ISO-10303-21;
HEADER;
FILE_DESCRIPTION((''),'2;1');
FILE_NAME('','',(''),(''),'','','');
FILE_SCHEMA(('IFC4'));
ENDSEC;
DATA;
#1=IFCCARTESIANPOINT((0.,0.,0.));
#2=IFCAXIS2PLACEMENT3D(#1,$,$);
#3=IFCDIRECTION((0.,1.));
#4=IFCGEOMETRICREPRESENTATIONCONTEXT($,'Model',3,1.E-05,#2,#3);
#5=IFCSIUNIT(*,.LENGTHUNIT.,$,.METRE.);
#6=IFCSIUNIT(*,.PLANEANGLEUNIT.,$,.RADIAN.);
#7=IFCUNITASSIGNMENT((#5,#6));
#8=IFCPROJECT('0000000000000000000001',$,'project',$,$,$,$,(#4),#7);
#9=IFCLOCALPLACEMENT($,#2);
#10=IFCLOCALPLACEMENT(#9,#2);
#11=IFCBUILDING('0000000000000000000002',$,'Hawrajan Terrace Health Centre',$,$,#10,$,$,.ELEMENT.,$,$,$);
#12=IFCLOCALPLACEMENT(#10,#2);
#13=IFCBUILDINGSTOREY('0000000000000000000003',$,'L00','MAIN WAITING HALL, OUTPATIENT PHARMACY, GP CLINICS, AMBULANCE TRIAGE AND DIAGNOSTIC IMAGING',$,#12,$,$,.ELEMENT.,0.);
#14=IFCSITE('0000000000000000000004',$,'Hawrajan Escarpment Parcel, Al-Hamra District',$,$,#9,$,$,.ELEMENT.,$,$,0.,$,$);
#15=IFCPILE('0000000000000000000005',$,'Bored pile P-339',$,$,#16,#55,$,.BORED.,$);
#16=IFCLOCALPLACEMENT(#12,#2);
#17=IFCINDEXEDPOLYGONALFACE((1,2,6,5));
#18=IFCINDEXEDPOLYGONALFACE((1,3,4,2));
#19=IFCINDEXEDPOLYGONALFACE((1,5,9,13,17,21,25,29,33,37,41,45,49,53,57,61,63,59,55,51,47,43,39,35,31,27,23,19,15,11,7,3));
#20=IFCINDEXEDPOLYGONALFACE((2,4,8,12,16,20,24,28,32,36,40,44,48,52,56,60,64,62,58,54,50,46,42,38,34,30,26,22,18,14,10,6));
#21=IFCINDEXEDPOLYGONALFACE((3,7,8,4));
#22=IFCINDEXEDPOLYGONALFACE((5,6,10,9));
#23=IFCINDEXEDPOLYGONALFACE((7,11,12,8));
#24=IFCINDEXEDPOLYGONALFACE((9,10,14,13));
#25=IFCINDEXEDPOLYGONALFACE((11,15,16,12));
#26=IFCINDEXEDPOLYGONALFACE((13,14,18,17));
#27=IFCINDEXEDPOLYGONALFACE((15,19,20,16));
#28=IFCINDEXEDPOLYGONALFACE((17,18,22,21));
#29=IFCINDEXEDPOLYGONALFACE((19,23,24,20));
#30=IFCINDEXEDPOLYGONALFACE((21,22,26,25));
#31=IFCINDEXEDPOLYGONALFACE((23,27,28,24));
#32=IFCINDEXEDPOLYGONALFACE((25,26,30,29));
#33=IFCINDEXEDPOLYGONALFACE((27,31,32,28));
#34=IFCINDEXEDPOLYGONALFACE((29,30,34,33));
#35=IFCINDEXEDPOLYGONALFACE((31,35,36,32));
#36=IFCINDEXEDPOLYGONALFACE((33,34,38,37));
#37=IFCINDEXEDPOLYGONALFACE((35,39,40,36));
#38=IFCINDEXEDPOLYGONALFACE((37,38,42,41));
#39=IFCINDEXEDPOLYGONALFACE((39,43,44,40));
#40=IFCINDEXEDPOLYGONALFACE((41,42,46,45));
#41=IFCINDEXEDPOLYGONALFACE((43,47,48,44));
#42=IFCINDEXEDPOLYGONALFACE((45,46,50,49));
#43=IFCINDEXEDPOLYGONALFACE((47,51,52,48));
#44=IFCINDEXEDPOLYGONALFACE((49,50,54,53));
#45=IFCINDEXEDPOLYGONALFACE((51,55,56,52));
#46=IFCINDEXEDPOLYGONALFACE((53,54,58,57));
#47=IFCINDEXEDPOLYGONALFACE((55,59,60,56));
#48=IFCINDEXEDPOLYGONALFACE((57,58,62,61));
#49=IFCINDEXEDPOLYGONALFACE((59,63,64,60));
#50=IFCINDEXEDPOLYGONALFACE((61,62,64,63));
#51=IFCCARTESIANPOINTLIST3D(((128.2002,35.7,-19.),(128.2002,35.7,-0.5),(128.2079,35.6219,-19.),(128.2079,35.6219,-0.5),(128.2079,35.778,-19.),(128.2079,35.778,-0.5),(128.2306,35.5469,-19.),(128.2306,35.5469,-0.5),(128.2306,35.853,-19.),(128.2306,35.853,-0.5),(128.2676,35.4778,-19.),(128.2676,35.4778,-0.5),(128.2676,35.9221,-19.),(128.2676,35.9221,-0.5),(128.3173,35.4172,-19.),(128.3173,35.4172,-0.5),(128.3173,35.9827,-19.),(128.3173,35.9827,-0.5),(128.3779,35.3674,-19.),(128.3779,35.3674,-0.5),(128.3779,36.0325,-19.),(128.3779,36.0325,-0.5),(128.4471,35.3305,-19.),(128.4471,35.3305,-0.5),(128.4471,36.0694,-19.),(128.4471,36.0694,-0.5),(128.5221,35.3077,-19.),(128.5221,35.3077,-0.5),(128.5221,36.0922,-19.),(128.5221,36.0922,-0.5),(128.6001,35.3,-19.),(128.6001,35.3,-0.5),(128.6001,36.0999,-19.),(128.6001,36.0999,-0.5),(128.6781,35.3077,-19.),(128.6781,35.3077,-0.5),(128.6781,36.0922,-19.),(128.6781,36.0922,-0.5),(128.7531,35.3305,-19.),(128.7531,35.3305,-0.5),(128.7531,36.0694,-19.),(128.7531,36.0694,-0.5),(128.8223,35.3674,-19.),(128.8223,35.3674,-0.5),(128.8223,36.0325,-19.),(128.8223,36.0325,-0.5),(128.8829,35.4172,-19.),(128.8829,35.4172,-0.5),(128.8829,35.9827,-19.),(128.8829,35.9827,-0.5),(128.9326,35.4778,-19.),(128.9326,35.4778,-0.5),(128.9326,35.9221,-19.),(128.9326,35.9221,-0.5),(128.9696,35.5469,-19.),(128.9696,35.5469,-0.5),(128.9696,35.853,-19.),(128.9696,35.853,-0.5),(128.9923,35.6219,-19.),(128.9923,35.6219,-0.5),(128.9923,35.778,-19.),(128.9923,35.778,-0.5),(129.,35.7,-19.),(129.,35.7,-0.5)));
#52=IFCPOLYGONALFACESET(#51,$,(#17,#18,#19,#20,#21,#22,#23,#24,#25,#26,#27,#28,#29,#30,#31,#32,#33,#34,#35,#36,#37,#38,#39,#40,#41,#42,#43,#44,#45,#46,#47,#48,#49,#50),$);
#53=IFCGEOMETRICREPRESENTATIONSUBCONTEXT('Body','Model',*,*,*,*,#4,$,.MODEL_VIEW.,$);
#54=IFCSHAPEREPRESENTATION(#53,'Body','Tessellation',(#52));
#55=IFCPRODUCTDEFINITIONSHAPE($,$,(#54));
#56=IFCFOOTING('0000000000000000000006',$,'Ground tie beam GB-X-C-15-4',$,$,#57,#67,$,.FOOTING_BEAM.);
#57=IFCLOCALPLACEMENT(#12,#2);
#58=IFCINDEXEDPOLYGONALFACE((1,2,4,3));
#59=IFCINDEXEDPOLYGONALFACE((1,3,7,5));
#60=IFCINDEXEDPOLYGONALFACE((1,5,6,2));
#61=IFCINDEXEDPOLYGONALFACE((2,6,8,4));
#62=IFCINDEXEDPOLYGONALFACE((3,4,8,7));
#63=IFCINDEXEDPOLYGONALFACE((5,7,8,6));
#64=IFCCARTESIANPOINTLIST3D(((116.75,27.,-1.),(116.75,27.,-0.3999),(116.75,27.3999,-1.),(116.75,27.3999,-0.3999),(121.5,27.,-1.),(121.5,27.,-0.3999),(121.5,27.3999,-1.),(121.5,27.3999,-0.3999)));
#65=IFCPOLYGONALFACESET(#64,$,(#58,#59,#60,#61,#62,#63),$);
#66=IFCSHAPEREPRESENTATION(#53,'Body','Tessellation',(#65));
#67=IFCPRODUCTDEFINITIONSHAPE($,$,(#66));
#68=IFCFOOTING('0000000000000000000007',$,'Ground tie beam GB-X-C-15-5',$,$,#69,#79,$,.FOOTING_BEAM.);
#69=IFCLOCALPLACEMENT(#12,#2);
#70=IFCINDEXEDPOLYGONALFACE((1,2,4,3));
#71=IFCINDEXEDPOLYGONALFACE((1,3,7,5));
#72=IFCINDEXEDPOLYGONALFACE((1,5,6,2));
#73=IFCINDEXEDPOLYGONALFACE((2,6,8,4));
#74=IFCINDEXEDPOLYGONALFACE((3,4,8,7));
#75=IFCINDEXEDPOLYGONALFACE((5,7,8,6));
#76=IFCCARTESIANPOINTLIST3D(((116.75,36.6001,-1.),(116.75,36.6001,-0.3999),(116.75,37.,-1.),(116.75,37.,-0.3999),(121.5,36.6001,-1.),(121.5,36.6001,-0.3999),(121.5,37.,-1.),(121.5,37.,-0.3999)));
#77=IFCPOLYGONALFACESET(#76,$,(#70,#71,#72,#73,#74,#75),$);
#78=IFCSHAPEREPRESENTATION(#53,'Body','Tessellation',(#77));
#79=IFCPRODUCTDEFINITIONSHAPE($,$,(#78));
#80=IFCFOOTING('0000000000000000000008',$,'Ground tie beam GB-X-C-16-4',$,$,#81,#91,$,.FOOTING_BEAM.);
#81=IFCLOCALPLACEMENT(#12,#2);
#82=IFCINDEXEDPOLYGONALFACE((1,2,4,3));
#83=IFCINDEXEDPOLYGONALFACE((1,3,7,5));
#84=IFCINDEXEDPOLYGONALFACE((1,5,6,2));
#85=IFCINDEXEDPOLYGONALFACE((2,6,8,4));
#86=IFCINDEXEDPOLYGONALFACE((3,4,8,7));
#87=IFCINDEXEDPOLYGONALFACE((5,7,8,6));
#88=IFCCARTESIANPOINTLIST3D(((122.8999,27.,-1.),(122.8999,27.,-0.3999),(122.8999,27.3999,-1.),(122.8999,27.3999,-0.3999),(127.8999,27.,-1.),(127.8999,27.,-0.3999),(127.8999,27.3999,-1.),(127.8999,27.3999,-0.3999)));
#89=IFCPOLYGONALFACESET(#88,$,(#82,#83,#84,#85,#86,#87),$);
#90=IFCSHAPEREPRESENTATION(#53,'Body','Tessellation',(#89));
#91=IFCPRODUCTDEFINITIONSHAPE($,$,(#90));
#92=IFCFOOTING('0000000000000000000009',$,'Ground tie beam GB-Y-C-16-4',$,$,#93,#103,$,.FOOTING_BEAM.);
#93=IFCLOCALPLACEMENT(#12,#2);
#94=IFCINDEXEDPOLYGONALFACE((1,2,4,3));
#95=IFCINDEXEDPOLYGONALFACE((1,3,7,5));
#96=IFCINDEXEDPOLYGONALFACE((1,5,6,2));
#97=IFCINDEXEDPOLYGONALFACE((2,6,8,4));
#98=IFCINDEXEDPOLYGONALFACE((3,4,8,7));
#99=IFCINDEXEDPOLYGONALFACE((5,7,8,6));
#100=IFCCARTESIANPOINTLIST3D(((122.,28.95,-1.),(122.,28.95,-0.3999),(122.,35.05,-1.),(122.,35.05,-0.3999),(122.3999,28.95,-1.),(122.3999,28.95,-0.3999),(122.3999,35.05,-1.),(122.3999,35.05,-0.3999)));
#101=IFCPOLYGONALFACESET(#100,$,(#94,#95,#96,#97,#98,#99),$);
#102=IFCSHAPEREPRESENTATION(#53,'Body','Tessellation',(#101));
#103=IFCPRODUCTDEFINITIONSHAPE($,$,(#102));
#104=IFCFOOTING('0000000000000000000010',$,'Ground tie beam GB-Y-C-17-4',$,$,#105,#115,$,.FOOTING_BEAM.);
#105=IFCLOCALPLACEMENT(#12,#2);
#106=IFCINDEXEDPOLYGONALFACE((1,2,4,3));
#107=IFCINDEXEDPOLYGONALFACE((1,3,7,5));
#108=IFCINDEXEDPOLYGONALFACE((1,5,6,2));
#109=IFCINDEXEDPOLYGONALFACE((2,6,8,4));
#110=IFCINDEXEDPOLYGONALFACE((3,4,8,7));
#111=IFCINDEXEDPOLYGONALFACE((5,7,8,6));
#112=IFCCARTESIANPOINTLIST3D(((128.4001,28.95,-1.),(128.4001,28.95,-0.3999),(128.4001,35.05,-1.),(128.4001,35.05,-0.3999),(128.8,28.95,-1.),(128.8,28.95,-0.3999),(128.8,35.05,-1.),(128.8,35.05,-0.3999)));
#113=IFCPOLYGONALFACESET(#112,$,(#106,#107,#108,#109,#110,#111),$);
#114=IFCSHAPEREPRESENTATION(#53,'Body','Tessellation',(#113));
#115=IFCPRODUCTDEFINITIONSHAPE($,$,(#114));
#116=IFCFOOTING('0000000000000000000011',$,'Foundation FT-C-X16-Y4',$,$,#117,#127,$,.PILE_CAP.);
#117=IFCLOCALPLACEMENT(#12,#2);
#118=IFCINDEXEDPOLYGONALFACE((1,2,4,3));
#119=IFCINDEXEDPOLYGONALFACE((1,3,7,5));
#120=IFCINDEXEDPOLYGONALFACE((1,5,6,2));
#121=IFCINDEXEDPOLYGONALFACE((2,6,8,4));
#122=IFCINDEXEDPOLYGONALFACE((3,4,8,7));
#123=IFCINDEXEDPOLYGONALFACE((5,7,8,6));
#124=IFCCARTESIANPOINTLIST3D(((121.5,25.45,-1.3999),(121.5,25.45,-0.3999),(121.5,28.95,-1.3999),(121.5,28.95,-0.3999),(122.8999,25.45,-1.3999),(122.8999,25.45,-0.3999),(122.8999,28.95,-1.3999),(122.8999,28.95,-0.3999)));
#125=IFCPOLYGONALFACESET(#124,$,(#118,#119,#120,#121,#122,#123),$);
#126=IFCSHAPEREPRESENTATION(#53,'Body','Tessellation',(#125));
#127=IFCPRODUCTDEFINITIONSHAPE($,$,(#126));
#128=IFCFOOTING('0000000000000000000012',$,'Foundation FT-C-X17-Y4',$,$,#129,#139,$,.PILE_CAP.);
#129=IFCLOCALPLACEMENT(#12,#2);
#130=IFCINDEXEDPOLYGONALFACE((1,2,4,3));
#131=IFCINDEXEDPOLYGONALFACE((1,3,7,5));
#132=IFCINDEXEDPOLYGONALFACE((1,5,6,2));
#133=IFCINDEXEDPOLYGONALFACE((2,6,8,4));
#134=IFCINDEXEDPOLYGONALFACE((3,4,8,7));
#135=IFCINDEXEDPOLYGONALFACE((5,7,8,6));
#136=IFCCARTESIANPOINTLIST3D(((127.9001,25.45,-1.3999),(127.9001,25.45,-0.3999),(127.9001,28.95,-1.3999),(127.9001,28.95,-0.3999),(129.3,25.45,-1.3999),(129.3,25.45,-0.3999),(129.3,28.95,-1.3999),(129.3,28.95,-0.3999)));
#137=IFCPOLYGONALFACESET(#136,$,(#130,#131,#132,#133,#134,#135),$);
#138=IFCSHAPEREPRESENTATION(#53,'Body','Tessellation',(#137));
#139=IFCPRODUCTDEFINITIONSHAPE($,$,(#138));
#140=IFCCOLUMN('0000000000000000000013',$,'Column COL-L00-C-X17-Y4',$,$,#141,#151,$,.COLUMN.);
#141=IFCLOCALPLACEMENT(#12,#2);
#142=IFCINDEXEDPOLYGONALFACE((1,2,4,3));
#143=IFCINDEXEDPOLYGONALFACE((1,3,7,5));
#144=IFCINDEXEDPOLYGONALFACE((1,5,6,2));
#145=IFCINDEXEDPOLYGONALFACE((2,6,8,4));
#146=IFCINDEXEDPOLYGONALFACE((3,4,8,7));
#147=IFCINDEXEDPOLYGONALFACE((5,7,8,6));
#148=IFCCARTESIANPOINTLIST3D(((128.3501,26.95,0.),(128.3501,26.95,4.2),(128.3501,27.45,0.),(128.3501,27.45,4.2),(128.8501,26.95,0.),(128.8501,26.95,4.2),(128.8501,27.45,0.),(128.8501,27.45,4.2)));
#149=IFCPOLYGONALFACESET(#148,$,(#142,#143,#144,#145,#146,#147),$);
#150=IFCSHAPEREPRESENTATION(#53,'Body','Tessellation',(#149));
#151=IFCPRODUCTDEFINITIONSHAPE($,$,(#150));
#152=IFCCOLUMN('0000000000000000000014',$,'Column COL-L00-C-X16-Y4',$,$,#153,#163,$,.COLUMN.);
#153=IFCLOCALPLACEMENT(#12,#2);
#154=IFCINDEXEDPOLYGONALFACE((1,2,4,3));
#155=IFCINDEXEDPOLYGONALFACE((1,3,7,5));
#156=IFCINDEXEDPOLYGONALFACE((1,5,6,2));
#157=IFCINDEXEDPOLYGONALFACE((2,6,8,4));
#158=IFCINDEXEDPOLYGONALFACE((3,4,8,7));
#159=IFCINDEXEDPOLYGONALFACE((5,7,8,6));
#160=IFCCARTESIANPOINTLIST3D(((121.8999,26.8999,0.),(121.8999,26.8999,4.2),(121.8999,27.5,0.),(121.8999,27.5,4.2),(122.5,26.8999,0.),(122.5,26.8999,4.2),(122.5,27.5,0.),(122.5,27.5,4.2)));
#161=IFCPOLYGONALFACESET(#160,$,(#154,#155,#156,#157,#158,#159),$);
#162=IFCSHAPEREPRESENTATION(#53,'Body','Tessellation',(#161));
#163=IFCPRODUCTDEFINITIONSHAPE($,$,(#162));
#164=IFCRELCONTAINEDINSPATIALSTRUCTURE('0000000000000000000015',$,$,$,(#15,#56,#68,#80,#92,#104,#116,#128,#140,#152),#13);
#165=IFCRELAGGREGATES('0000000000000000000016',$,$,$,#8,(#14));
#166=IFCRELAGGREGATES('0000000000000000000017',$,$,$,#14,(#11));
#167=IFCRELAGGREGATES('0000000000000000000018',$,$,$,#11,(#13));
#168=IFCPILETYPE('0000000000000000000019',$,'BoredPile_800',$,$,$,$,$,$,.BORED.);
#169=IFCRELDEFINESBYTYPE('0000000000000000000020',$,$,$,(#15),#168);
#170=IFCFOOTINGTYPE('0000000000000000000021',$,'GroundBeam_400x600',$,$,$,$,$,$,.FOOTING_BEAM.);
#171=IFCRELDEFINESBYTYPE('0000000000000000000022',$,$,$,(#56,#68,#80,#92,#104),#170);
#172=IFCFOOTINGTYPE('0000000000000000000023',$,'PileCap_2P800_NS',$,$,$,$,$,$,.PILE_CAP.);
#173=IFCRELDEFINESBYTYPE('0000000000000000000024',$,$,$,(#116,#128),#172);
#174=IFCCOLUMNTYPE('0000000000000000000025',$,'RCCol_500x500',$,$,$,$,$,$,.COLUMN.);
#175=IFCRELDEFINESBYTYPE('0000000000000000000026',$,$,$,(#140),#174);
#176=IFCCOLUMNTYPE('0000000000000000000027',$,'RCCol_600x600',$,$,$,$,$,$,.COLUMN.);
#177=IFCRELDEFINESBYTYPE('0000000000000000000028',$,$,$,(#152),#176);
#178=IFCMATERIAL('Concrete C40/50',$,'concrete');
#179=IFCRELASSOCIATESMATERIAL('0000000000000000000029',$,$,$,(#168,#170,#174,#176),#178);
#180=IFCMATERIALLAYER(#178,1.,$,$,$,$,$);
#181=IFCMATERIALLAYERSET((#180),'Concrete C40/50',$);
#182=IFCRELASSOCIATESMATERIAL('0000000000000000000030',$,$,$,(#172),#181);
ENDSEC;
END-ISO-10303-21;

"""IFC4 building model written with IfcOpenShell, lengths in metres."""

from ifc_helpers import new_model, si_unit, direction, frame, origin, origin_2d, place, context, subcontext, project, spatial, rectangle, circle, extrude, material, layer, layer_set, material_profile, profile_set, type_object, element, save


model = new_model("IFC4")

# Units and contexts
model_context = context("Model", 3, precision=1e-05, world=origin(), true_north=direction((0.0, 1.0)))
body_context = subcontext(model_context, "Body", "Model", "MODEL_VIEW")
ifc_project = project(units=[si_unit("LENGTHUNIT", "METRE"), si_unit("PLANEANGLEUNIT", "RADIAN")], contexts=[model_context])

# Site, building, storey
site_placement = place(None, origin())
site = spatial("IfcSite", under=ifc_project, at=site_placement, Name="Hawrajan Escarpment Parcel, Al-Hamra District", CompositionType="ELEMENT", RefElevation=0.0)
building_placement = place(site_placement, origin())
building = spatial("IfcBuilding", under=site, at=building_placement, Name="Hawrajan Terrace Health Centre", CompositionType="ELEMENT")
storey_placement = place(building_placement, origin())
storey = spatial("IfcBuildingStorey", under=building, at=storey_placement, Name="L00", Description="MAIN WAITING HALL, OUTPATIENT PHARMACY, GP CLINICS, AMBULANCE TRIAGE AND DIAGNOSTIC IMAGING", CompositionType="ELEMENT", Elevation=0.0)

# Pile
ifc_material_1 = material(Name="Concrete C40/50", Category="concrete")
ifc_material_profile_1 = material_profile(ifc_material_1, circle(Radius=0.3999, at=origin_2d()), Name="BP 800")
ifc_profile_set_1 = profile_set([ifc_material_profile_1], Name="Concrete C40/50")
pile_type = type_object("IfcPileType", Name="BoredPile_800", PredefinedType="BORED", material=ifc_profile_set_1)
for number, where, z_axis, x_axis, name in (
    (1, (128.6001, 35.7, -0.5), (0.0, 0.0, -1.0), (1.0, 0.0, 0.0), "Bored pile P-339"),
):
    element("IfcPile", number, at=place(storey_placement, frame(where, z_axis=z_axis, x_axis=x_axis)), inside=storey, type_object=pile_type, Name=name, PredefinedType="BORED", context=body_context, shape_type="SweptSolid", body=[
        extrude(circle(Radius=0.3999, at=origin_2d()), origin(), (0.0, 0.0, 1.0), 18.5),
    ])

# Footings
ifc_material_profile_2 = material_profile(ifc_material_1, rectangle(XDim=0.3999, YDim=0.6001, at=origin_2d()), Name="RC BM 400x600")
ifc_profile_set_2 = profile_set([ifc_material_profile_2], Name="Concrete C40/50")
footing_type_1 = type_object("IfcFootingType", Name="GroundBeam_400x600", PredefinedType="FOOTING_BEAM", material=ifc_profile_set_2)
for number, where, z_axis, x_axis, name in (
    (2, (116.75, 27.2, -0.7), (1.0, 0.0, 0.0), (0.0, 1.0, 0.0), "Ground tie beam GB-X-C-15-4"),
    (3, (116.75, 36.8, -0.7), (1.0, 0.0, 0.0), (0.0, 1.0, 0.0), "Ground tie beam GB-X-C-15-5"),
):
    element("IfcFooting", number, at=place(storey_placement, frame(where, z_axis=z_axis, x_axis=x_axis)), inside=storey, type_object=footing_type_1, Name=name, PredefinedType="FOOTING_BEAM", context=body_context, shape_type="SweptSolid", body=[
        extrude(rectangle(XDim=0.3999, YDim=0.6001, at=origin_2d()), origin(), (0.0, 0.0, 1.0), 4.75),
    ])
footing_placement = place(storey_placement, frame((122.8999, 27.2, -0.7), z_axis=(1.0, 0.0, 0.0), x_axis=(0.0, 1.0, 0.0)))
element("IfcFooting", 4, at=footing_placement, inside=storey, type_object=footing_type_1, Name="Ground tie beam GB-X-C-16-4", PredefinedType="FOOTING_BEAM", context=body_context, shape_type="SweptSolid", body=[
    extrude(rectangle(XDim=0.3999, YDim=0.6001, at=origin_2d()), origin(), (0.0, 0.0, 1.0), 5.0),
])
for number, where, z_axis, x_axis, name in (
    (5, (122.2, 28.95, -0.7), (0.0, 1.0, 0.0), (-1.0, 0.0, 0.0), "Ground tie beam GB-Y-C-16-4"),
    (6, (128.6001, 28.95, -0.7), (0.0, 1.0, 0.0), (-1.0, 0.0, 0.0), "Ground tie beam GB-Y-C-17-4"),
):
    element("IfcFooting", number, at=place(storey_placement, frame(where, z_axis=z_axis, x_axis=x_axis)), inside=storey, type_object=footing_type_1, Name=name, PredefinedType="FOOTING_BEAM", context=body_context, shape_type="SweptSolid", body=[
        extrude(rectangle(XDim=0.3999, YDim=0.6001, at=origin_2d()), origin(), (0.0, 0.0, 1.0), 6.1001),
    ])
ifc_layer_1 = layer(ifc_material_1, 1.0)
ifc_layer_set_1 = layer_set([ifc_layer_1], Name="Concrete C40/50")
footing_type_2 = type_object("IfcFootingType", Name="PileCap_2P800_NS", PredefinedType="PILE_CAP", material=ifc_layer_set_1)
for number, where, z_axis, x_axis, name in (
    (7, (122.2, 27.2, -1.3999), (0.0, 0.0, 1.0), (1.0, 0.0, 0.0), "Foundation FT-C-X16-Y4"),
    (8, (128.6001, 27.2, -1.3999), (0.0, 0.0, 1.0), (1.0, 0.0, 0.0), "Foundation FT-C-X17-Y4"),
):
    element("IfcFooting", number, at=place(storey_placement, frame(where, z_axis=z_axis, x_axis=x_axis)), inside=storey, type_object=footing_type_2, Name=name, PredefinedType="PILE_CAP", context=body_context, shape_type="SweptSolid", body=[
        extrude(rectangle(XDim=1.3999, YDim=3.5, at=origin_2d()), origin(), (0.0, 0.0, 1.0), 1.0),
    ])

# Columns
ifc_material_profile_3 = material_profile(ifc_material_1, rectangle(XDim=0.5, YDim=0.5, at=origin_2d()), Name="RC 500x500")
ifc_profile_set_3 = profile_set([ifc_material_profile_3], Name="Concrete C40/50")
column_type_1 = type_object("IfcColumnType", Name="RCCol_500x500", PredefinedType="COLUMN", material=ifc_profile_set_3)
column_1_placement = place(storey_placement, frame((128.6001, 27.2, 0.0), z_axis=(0.0, 0.0, 1.0), x_axis=(1.0, 0.0, 0.0)))
element("IfcColumn", 9, at=column_1_placement, inside=storey, type_object=column_type_1, Name="Column COL-L00-C-X17-Y4", PredefinedType="COLUMN", context=body_context, shape_type="SweptSolid", body=[
    extrude(rectangle(XDim=0.5, YDim=0.5, at=origin_2d()), origin(), (0.0, 0.0, 1.0), 4.2),
])
ifc_material_profile_4 = material_profile(ifc_material_1, rectangle(XDim=0.6001, YDim=0.6001, at=origin_2d()), Name="RC 600x600")
ifc_profile_set_4 = profile_set([ifc_material_profile_4], Name="Concrete C40/50")
column_type_2 = type_object("IfcColumnType", Name="RCCol_600x600", PredefinedType="COLUMN", material=ifc_profile_set_4)
column_2_placement = place(storey_placement, frame((122.2, 27.2, 0.0), z_axis=(0.0, 0.0, 1.0), x_axis=(1.0, 0.0, 0.0)))
element("IfcColumn", 10, at=column_2_placement, inside=storey, type_object=column_type_2, Name="Column COL-L00-C-X16-Y4", PredefinedType="COLUMN", context=body_context, shape_type="SweptSolid", body=[
    extrude(rectangle(XDim=0.6001, YDim=0.6001, at=origin_2d()), origin(), (0.0, 0.0, 1.0), 4.2),
])

save(model, "model.ifc")
